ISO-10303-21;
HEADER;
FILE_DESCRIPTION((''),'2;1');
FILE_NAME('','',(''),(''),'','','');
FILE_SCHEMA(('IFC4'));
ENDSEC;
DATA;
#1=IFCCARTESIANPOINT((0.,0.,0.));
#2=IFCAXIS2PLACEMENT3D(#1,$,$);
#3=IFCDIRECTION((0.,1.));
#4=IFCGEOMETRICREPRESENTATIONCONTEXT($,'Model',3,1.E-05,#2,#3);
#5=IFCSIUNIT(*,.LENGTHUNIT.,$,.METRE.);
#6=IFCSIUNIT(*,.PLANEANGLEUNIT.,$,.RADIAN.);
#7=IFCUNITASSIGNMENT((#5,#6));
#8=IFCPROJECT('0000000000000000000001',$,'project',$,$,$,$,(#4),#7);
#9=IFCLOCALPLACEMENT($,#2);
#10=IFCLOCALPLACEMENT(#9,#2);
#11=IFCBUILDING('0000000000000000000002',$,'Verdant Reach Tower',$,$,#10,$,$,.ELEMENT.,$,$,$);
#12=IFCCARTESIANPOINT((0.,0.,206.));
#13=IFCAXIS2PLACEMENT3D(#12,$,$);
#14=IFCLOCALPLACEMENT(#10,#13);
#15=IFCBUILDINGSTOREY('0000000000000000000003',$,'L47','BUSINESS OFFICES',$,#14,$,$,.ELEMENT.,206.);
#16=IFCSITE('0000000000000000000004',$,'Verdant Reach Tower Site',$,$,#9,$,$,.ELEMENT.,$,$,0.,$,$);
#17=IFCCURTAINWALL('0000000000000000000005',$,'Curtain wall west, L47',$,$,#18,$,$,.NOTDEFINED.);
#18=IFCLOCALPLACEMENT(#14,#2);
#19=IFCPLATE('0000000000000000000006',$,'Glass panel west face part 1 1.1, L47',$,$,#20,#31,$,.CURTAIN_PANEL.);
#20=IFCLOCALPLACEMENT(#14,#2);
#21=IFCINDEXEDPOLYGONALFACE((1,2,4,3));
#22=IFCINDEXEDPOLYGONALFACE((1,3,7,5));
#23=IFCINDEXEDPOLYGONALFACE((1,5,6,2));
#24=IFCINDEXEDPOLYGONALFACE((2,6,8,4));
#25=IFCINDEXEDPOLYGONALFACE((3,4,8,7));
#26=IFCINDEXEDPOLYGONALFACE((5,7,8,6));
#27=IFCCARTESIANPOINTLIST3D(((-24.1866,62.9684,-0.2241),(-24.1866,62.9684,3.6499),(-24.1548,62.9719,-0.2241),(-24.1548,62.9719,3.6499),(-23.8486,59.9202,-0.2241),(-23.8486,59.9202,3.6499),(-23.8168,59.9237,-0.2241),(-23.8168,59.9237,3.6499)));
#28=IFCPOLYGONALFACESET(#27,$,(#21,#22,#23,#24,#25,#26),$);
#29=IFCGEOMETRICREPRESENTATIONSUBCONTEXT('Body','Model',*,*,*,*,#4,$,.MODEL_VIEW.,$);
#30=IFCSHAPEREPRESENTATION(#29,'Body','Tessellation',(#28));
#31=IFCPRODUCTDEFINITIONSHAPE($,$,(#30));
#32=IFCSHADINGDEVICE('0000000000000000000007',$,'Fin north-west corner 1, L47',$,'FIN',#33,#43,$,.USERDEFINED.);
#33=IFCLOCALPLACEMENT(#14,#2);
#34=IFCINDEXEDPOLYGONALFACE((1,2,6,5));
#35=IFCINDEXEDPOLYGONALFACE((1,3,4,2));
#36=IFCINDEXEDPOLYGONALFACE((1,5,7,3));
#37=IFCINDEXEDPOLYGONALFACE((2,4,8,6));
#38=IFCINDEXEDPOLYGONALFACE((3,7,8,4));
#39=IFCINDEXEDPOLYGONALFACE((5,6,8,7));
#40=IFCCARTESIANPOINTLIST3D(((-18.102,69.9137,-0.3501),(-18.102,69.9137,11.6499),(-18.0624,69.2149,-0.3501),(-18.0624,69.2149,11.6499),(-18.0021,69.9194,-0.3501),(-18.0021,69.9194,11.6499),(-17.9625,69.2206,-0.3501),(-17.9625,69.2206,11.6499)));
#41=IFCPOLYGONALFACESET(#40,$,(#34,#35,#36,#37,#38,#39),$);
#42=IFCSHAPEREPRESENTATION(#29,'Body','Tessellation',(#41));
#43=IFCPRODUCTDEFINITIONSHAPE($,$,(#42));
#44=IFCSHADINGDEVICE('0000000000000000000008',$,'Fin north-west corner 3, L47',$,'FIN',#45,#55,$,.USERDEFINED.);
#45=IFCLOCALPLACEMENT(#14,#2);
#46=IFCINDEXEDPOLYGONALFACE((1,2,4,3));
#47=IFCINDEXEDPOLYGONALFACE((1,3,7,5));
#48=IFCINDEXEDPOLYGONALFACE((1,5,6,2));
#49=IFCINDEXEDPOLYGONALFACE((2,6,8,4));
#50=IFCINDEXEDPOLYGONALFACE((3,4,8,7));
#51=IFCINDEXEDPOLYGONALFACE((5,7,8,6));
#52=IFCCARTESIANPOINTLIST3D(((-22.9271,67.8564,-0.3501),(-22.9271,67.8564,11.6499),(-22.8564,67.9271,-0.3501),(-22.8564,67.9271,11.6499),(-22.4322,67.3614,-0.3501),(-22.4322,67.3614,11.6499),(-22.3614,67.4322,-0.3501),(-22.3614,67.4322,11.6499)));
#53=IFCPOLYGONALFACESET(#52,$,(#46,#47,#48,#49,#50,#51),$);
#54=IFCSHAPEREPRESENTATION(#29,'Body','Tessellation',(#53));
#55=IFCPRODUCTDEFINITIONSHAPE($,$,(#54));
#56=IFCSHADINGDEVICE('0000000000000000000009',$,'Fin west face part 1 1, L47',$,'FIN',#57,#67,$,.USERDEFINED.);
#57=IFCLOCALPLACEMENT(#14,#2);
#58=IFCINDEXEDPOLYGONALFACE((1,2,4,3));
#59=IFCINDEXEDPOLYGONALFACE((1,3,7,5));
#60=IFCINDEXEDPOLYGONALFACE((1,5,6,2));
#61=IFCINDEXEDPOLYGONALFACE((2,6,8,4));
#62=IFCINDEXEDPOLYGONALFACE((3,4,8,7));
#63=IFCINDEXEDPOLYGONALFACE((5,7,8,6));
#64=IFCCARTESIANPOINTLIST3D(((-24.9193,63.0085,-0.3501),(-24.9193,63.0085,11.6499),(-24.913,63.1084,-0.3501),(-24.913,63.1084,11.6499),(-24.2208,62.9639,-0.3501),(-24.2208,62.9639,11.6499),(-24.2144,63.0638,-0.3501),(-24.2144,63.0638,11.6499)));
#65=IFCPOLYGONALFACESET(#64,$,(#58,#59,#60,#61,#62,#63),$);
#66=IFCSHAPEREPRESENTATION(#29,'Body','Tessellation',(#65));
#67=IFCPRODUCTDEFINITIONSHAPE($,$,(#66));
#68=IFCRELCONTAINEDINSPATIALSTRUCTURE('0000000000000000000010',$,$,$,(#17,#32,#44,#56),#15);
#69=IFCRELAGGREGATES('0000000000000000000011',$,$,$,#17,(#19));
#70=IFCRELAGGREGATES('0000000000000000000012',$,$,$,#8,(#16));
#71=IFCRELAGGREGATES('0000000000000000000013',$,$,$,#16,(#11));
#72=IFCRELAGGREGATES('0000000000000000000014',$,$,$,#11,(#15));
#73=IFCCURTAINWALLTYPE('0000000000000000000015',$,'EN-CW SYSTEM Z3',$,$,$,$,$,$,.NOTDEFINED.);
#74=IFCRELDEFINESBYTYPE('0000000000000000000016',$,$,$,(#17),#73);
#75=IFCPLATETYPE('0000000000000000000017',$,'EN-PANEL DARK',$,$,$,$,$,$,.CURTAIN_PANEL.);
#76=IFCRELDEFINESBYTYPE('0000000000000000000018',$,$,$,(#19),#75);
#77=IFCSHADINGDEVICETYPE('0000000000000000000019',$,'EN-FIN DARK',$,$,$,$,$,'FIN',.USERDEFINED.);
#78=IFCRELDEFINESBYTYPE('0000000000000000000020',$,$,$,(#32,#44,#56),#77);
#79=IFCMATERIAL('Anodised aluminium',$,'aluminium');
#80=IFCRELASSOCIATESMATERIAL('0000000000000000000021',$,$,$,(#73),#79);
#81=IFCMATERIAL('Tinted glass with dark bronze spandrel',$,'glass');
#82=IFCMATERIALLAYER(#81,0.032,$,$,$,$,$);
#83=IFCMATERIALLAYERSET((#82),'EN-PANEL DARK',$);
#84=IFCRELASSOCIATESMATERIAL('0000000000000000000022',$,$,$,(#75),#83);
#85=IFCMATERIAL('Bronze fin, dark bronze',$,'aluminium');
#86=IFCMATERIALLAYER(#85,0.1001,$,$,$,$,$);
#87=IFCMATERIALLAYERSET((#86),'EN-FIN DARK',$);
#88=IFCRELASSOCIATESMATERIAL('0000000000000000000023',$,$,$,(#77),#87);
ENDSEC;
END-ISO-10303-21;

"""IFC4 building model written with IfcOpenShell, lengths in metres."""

from ifc_helpers import new_model, si_unit, direction, frame, origin, origin_2d, place, context, subcontext, project, spatial, rectangle, extrude, material, layer, layer_set, type_object, element, aggregate, save


model = new_model("IFC4")

# Units and contexts
model_context = context("Model", 3, precision=1e-05, world=origin(), true_north=direction((0.0, 1.0)))
body_context = subcontext(model_context, "Body", "Model", "MODEL_VIEW")
ifc_project = project(units=[si_unit("LENGTHUNIT", "METRE"), si_unit("PLANEANGLEUNIT", "RADIAN")], contexts=[model_context])

# Site, building, storey
site_placement = place(None, origin())
site = spatial("IfcSite", under=ifc_project, at=site_placement, Name="Verdant Reach Tower Site", CompositionType="ELEMENT", RefElevation=0.0)
building_placement = place(site_placement, origin())
building = spatial("IfcBuilding", under=site, at=building_placement, Name="Verdant Reach Tower", CompositionType="ELEMENT")
storey_placement = place(building_placement, frame((0.0, 0.0, 206.0)))
storey = spatial("IfcBuildingStorey", under=building, at=storey_placement, Name="L47", Description="BUSINESS OFFICES", CompositionType="ELEMENT", Elevation=206.0)

# Curtain wall
ifc_material_1 = material(Name="Anodised aluminium", Category="aluminium")
curtain_wall_type = type_object("IfcCurtainWallType", Name="EN-CW SYSTEM Z3", PredefinedType="NOTDEFINED", material=ifc_material_1)
curtain_wall_1_placement = place(storey_placement, origin())
curtain_wall_1 = element("IfcCurtainWall", 1, at=curtain_wall_1_placement, inside=storey, type_object=curtain_wall_type, Name="Curtain wall west, L47", PredefinedType="NOTDEFINED")

# Plate
ifc_material_2 = material(Name="Tinted glass with dark bronze spandrel", Category="glass")
ifc_layer_1 = layer(ifc_material_2, 0.032)
ifc_layer_set_1 = layer_set([ifc_layer_1], Name="EN-PANEL DARK")
plate_type_1 = type_object("IfcPlateType", Name="EN-PANEL DARK", PredefinedType="CURTAIN_PANEL", material=ifc_layer_set_1)
plate_1_placement = place(storey_placement, frame((-24.0017, 61.446, -0.2241), z_axis=(0.0, 0.0, 1.0), x_axis=(0.110214, -0.993908, 0.0)))
plate_1 = element("IfcPlate", 2, at=plate_1_placement, type_object=plate_type_1, Name="Glass panel west face part 1 1.1, L47", PredefinedType="CURTAIN_PANEL", context=body_context, shape_type="SweptSolid", body=[
    extrude(rectangle(XDim=3.0669, YDim=0.032, at=origin_2d()), origin(), (0.0, 0.0, 1.0), 3.874),
])
aggregate(curtain_wall_1, [plate_1])

# Shading devices
ifc_material_3 = material(Name="Bronze fin, dark bronze", Category="aluminium")
ifc_layer_2 = layer(ifc_material_3, 0.1001)
ifc_layer_set_2 = layer_set([ifc_layer_2], Name="EN-FIN DARK")
shading_device_type = type_object("IfcShadingDeviceType", Name="EN-FIN DARK", ElementType="FIN", PredefinedType="USERDEFINED", material=ifc_layer_set_2)
for number, where, z_axis, x_axis, name in (
    (3, (-18.0322, 69.5671, -0.3501), (0.0, 0.0, 1.0), (-0.998399, -0.056569, 0.0), "Fin north-west corner 1, L47"),
    (4, (-22.6443, 67.6443, -0.3501), (0.0, 0.0, 1.0), (-0.707107, -0.707107, 0.0), "Fin north-west corner 3, L47"),
    (5, (-24.5669, 63.0361, -0.3501), (0.0, 0.0, 1.0), (-0.063699, -0.997969, 0.0), "Fin west face part 1 1, L47"),
):
    element("IfcShadingDevice", number, at=place(storey_placement, frame(where, z_axis=z_axis, x_axis=x_axis)), inside=storey, type_object=shading_device_type, Name=name, ObjectType="FIN", PredefinedType="USERDEFINED", context=body_context, shape_type="SweptSolid", body=[
        extrude(rectangle(XDim=0.1001, YDim=0.7, at=origin_2d()), origin(), (0.0, 0.0, 1.0), 12.0),
    ])

save(model, "model.ifc")
